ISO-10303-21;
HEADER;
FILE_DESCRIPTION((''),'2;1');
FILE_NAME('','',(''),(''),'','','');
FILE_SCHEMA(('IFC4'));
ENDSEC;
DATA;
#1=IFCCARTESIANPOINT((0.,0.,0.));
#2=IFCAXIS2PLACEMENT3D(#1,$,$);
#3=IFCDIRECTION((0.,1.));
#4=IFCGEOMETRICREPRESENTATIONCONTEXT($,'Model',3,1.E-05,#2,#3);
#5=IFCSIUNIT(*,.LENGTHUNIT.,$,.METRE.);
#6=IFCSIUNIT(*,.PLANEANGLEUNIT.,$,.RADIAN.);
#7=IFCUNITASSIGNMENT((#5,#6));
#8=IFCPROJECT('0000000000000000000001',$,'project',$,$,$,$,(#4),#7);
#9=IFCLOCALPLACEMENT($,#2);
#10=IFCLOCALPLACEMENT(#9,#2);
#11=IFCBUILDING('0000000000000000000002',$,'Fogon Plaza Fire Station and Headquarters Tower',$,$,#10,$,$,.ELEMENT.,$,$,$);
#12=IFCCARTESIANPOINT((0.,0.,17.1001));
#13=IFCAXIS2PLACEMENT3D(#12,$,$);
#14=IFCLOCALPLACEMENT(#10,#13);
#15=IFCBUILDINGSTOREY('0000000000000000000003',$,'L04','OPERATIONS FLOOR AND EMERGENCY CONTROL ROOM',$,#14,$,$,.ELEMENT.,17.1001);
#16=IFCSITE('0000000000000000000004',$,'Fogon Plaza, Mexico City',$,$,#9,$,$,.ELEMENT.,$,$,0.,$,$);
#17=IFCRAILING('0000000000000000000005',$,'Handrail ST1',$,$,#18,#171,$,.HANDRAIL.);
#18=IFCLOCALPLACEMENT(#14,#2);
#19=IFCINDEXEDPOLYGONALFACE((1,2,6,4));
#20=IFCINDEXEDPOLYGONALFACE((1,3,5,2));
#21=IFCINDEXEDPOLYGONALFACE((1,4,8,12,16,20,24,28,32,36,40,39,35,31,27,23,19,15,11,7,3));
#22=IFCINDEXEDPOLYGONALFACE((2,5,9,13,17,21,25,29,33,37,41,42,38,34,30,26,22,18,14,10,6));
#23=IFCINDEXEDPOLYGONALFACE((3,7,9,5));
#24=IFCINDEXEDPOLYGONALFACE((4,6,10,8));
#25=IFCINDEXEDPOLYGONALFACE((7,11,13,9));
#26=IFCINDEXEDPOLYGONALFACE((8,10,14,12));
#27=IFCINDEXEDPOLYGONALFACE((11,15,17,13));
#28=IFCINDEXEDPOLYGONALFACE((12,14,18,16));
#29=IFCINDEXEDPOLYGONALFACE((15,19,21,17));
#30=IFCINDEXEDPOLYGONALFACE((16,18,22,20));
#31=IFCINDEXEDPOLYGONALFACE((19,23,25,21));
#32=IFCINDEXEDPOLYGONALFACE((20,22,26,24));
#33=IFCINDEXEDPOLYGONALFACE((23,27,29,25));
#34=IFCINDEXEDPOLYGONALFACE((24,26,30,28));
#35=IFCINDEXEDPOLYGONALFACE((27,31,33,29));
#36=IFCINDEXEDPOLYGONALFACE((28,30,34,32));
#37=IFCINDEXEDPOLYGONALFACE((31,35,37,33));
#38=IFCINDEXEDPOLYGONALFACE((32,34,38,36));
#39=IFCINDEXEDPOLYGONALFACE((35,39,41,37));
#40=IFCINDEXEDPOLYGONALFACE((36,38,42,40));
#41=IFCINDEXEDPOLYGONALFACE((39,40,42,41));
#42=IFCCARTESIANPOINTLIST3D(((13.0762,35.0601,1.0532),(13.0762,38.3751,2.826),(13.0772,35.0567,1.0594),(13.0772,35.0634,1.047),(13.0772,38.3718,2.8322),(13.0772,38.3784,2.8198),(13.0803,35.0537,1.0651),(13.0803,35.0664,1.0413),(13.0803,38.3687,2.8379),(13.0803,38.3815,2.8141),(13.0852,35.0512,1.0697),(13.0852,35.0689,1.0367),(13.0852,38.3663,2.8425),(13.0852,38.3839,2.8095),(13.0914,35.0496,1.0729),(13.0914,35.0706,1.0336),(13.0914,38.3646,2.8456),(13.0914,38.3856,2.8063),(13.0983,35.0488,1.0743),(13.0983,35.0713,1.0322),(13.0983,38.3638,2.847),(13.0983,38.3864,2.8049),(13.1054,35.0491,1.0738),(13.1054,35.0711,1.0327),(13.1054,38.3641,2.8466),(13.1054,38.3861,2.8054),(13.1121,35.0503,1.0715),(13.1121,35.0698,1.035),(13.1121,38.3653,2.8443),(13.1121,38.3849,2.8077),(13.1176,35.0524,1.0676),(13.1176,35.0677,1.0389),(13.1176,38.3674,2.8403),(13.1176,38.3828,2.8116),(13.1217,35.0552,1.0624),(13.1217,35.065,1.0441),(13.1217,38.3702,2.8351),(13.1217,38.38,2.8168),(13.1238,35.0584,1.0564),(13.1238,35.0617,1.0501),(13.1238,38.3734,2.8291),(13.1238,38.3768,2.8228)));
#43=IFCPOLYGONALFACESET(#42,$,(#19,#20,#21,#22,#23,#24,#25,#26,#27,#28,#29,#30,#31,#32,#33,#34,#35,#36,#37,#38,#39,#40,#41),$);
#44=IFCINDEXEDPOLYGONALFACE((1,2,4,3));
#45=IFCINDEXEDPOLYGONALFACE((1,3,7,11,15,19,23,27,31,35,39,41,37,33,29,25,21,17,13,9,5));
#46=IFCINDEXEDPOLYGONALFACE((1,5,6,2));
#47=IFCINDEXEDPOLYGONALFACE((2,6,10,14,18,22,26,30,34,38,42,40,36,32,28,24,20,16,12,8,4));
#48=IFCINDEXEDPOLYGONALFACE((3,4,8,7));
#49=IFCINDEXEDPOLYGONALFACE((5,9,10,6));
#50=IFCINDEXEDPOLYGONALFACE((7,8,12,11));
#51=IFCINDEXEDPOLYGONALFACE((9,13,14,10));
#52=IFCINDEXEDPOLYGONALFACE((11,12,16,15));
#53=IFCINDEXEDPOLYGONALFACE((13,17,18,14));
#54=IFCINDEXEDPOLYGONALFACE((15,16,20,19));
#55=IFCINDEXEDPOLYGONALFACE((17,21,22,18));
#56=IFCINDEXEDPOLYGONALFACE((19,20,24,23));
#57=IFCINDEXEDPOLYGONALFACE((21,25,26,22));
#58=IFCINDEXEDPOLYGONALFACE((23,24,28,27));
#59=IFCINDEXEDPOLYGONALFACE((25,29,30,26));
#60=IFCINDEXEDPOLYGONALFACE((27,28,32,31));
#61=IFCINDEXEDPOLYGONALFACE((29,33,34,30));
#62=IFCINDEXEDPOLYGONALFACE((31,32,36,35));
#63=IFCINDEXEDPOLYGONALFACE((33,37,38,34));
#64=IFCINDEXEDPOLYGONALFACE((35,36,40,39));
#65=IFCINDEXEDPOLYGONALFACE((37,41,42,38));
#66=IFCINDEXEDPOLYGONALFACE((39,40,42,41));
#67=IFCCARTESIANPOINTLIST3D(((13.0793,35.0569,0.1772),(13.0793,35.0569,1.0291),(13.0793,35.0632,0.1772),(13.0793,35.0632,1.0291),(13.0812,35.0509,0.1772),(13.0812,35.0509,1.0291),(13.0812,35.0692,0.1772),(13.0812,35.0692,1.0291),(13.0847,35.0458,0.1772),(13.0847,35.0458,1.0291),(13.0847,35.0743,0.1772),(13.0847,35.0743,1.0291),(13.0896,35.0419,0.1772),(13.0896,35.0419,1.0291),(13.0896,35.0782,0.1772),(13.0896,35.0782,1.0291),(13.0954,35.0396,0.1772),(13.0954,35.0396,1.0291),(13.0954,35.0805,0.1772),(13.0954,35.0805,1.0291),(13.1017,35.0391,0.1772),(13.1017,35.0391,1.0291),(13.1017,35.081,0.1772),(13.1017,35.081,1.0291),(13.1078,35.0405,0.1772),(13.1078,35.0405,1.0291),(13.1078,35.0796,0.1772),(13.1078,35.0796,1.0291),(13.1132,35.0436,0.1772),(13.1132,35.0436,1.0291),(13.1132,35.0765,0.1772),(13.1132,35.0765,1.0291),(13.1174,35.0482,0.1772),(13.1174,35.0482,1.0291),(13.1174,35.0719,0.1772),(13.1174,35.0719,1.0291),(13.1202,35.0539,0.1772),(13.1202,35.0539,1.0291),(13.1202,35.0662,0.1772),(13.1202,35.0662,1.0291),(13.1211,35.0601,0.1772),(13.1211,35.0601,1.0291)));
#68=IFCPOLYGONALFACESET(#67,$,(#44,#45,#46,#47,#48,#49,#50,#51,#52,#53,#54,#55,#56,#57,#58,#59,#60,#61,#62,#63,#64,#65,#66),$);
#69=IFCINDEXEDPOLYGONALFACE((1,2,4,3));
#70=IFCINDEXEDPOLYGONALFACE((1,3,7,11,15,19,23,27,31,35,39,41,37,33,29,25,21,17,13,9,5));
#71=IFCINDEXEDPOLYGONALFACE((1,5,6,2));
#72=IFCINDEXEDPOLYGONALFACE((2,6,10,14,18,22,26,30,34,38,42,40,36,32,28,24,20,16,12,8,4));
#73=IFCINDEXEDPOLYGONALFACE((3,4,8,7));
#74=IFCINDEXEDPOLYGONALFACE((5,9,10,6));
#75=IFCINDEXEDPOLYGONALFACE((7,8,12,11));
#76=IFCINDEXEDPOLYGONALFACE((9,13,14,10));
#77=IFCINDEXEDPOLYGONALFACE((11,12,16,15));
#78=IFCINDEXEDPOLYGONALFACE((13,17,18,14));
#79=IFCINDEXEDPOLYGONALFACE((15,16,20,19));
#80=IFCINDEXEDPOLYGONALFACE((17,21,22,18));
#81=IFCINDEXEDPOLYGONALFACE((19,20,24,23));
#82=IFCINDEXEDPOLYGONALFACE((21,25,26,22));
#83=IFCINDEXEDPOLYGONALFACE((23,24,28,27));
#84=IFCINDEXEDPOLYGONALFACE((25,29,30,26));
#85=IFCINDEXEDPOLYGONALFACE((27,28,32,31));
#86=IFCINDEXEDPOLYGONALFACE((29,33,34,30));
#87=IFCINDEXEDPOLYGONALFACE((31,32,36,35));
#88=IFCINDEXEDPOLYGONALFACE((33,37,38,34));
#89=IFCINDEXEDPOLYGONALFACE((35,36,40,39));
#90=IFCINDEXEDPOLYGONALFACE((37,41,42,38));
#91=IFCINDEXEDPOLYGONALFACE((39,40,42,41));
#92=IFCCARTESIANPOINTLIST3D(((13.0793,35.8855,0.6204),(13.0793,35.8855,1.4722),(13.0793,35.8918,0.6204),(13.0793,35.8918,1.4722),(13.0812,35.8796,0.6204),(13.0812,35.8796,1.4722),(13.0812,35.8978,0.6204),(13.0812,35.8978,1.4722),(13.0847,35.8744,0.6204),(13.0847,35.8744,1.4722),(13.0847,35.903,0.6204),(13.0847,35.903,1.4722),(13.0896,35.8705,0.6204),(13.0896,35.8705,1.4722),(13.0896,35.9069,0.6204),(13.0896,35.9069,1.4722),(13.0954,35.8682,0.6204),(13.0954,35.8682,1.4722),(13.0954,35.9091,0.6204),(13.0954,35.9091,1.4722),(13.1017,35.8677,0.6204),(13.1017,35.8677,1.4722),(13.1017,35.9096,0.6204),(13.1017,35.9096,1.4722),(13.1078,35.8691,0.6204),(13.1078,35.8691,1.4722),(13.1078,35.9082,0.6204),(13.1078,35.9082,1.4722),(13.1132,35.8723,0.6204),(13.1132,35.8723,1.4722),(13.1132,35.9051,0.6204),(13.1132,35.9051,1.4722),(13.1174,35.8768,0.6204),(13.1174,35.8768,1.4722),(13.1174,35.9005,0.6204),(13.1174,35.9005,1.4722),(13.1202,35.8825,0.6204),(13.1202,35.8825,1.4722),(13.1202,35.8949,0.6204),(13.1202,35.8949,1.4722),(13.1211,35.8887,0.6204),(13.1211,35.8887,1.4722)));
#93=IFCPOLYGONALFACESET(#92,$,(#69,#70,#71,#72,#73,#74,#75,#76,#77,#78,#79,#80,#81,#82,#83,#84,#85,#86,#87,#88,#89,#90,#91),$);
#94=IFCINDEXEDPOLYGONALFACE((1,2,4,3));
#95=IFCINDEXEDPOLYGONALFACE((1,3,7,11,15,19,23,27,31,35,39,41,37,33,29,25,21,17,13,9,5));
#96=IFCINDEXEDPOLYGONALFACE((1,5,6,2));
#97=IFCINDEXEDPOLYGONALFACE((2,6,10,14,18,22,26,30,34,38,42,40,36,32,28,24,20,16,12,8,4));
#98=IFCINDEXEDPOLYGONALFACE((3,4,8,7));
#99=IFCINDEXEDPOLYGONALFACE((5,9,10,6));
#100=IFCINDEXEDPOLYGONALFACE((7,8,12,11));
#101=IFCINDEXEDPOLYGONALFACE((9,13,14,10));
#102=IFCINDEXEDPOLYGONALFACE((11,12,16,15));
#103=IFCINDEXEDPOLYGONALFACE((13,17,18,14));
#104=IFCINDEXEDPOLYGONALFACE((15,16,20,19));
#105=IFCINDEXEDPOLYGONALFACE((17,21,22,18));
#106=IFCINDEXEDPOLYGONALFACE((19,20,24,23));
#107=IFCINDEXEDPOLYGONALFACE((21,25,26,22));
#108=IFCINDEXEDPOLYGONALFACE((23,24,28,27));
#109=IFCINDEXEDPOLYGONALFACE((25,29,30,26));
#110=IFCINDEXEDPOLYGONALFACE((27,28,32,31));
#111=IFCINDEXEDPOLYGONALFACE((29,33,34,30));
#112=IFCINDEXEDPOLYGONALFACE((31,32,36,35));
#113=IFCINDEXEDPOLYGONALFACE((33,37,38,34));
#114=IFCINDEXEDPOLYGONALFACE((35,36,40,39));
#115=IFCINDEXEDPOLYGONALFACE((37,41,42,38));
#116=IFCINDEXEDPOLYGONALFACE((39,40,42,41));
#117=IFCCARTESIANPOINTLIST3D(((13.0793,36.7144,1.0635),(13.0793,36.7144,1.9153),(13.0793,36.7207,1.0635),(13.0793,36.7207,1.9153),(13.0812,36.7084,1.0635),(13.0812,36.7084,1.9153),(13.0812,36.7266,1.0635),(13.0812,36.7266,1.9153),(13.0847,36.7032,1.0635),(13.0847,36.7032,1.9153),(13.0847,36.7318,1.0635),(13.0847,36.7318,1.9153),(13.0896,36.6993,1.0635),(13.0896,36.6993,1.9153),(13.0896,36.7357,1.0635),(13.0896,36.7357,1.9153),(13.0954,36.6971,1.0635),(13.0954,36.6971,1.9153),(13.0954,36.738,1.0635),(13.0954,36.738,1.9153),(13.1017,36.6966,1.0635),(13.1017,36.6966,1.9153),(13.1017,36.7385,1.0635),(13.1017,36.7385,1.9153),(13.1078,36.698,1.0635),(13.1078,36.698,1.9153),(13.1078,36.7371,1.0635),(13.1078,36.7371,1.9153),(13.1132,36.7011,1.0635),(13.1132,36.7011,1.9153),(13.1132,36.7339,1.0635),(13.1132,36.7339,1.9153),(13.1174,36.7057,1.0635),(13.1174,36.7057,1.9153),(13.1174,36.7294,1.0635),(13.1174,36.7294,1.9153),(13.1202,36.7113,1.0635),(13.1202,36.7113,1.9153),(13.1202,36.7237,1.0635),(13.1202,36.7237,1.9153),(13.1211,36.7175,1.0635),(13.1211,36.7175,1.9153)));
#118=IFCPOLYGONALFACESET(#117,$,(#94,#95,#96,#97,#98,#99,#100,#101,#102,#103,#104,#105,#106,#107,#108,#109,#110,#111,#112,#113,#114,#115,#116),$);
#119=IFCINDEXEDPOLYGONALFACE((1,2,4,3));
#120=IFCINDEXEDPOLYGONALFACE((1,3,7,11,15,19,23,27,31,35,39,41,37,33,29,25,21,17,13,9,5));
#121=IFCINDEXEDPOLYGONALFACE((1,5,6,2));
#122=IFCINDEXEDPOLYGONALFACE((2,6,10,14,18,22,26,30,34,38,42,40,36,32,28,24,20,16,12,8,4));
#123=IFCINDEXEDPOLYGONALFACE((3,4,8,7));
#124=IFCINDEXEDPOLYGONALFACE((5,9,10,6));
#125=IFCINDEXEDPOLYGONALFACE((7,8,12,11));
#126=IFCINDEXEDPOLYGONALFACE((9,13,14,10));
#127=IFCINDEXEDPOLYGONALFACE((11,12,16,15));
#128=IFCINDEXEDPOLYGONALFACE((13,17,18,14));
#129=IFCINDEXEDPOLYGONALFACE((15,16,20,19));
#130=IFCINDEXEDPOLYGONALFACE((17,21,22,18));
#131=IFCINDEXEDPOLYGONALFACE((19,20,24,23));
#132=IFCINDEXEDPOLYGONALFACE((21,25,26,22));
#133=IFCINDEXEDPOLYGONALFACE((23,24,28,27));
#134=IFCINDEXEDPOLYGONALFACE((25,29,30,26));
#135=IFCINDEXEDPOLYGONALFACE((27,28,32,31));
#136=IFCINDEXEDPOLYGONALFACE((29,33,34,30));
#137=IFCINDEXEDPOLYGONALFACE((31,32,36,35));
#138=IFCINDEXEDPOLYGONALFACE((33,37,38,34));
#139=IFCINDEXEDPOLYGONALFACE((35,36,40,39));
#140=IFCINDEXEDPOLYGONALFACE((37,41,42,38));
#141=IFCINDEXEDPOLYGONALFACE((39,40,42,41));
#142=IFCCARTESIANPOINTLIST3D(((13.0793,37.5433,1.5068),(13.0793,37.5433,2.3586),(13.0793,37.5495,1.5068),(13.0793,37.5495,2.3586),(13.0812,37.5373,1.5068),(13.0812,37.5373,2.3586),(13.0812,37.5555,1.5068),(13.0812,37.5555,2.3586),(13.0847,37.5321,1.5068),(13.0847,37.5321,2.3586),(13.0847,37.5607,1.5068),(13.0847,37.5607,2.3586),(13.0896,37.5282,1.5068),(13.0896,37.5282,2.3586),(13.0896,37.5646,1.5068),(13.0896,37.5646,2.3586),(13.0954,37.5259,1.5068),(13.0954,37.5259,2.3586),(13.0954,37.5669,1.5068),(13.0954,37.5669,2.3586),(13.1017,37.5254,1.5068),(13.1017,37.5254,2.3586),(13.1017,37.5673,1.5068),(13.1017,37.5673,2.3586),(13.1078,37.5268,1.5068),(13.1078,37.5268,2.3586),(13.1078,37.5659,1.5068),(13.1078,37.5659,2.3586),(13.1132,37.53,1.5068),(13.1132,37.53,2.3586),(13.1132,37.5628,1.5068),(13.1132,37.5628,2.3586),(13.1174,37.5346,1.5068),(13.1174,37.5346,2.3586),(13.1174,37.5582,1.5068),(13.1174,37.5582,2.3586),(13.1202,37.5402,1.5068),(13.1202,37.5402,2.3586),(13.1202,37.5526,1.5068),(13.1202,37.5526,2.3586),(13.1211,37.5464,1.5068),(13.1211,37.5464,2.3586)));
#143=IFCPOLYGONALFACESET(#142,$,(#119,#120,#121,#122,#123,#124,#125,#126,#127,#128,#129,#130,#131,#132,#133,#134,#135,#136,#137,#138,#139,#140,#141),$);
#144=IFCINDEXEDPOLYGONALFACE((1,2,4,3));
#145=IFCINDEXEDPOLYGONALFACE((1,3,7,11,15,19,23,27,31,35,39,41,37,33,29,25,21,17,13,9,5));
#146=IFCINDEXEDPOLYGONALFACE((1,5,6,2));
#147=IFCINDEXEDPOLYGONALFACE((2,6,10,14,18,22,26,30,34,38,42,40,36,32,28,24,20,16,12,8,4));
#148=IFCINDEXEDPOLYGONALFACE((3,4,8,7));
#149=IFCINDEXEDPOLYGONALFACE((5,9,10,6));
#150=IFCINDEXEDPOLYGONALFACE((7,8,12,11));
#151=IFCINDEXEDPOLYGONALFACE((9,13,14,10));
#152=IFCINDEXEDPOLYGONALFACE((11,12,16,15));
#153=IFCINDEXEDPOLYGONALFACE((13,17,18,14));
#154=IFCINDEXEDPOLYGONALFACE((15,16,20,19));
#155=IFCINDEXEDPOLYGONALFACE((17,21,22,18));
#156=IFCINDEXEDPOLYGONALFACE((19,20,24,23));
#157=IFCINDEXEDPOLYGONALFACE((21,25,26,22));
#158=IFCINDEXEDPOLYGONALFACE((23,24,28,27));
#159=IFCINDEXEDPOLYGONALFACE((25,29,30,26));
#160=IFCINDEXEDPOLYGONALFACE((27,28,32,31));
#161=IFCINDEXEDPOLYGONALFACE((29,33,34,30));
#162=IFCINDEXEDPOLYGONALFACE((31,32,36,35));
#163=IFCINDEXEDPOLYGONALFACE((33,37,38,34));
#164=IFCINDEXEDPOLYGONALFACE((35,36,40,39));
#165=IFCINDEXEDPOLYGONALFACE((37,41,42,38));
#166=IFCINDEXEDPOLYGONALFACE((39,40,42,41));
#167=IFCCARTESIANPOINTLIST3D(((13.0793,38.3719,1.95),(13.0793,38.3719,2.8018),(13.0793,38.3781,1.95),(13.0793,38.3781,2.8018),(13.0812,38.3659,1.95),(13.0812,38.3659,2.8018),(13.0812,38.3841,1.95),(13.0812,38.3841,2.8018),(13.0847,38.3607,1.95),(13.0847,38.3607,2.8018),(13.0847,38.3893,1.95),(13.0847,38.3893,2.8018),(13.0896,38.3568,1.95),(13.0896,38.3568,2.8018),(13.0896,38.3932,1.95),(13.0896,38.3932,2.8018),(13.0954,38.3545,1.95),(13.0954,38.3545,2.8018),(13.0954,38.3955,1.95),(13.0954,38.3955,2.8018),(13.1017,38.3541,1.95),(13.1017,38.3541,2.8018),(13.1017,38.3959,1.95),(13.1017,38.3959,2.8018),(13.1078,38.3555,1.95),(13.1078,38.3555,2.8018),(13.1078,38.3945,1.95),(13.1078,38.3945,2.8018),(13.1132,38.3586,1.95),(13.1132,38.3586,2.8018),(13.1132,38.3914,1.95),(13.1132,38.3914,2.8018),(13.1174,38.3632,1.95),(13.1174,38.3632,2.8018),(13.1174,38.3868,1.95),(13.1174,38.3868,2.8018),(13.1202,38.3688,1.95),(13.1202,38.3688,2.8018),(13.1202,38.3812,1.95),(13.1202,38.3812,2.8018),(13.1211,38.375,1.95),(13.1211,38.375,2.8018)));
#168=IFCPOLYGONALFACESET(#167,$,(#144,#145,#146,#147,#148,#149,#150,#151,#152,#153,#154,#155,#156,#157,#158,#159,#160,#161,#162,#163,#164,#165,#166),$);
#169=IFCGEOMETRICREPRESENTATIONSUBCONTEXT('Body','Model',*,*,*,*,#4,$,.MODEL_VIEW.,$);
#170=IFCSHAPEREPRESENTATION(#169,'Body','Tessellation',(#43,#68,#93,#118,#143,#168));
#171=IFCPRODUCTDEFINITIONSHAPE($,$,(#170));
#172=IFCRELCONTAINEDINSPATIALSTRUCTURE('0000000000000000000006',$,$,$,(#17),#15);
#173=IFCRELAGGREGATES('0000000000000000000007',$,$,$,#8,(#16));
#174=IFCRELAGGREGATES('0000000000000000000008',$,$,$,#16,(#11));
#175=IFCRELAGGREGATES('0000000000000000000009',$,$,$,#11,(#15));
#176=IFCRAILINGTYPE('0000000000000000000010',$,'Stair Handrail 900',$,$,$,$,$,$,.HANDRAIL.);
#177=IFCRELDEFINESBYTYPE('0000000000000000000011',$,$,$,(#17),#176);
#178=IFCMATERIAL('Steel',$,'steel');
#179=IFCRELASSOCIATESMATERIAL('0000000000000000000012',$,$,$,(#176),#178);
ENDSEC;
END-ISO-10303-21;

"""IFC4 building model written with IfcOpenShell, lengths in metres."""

from ifc_helpers import new_model, si_unit, direction, frame, origin, origin_2d, place, context, subcontext, project, spatial, circle, extrude, material, type_object, element, save


model = new_model("IFC4")

# Units and contexts
model_context = context("Model", 3, precision=1e-05, world=origin(), true_north=direction((0.0, 1.0)))
body_context = subcontext(model_context, "Body", "Model", "MODEL_VIEW")
ifc_project = project(units=[si_unit("LENGTHUNIT", "METRE"), si_unit("PLANEANGLEUNIT", "RADIAN")], contexts=[model_context])

# Site, building, storey
site_placement = place(None, origin())
site = spatial("IfcSite", under=ifc_project, at=site_placement, Name="Fogon Plaza, Mexico City", CompositionType="ELEMENT", RefElevation=0.0)
building_placement = place(site_placement, origin())
building = spatial("IfcBuilding", under=site, at=building_placement, Name="Fogon Plaza Fire Station and Headquarters Tower", CompositionType="ELEMENT")
storey_placement = place(building_placement, frame((0.0, 0.0, 17.1001)))
storey = spatial("IfcBuildingStorey", under=building, at=storey_placement, Name="L04", Description="OPERATIONS FLOOR AND EMERGENCY CONTROL ROOM", CompositionType="ELEMENT", Elevation=17.1001)

# Railing
ifc_material_1 = material(Name="Steel", Category="steel")
railing_type = type_object("IfcRailingType", Name="Stair Handrail 900", PredefinedType="HANDRAIL", material=ifc_material_1)
for number, where, name in (
    (1, (13.1001, 35.0601, 0.1772), "Handrail ST1"),
):
    element("IfcRailing", number, at=place(storey_placement, frame(where)), inside=storey, type_object=railing_type, Name=name, PredefinedType="HANDRAIL", context=body_context, shape_type="SweptSolid", body=[
        extrude(circle(Radius=0.0239, at=origin_2d()), frame((0.0, 0.0, 0.876), z_axis=(0.0, 0.881829, 0.471569), x_axis=(-1.0, 0.0, 0.0)), (0.0, 0.0, 1.0), 3.7593),
        extrude(circle(Radius=0.021, at=origin_2d()), origin(), (0.0, 0.0, 1.0), 0.8518),
        extrude(circle(Radius=0.021, at=origin_2d()), frame((0.0, 0.8286, 0.4431)), (0.0, 0.0, 1.0), 0.8518),
        extrude(circle(Radius=0.021, at=origin_2d()), frame((0.0, 1.6575, 0.8862)), (0.0, 0.0, 1.0), 0.8518),
        extrude(circle(Radius=0.021, at=origin_2d()), frame((0.0, 2.4863, 1.3296)), (0.0, 0.0, 1.0), 0.8518),
        extrude(circle(Radius=0.021, at=origin_2d()), frame((0.0, 3.3149, 1.7727)), (0.0, 0.0, 1.0), 0.8518),
    ])

save(model, "model.ifc")
